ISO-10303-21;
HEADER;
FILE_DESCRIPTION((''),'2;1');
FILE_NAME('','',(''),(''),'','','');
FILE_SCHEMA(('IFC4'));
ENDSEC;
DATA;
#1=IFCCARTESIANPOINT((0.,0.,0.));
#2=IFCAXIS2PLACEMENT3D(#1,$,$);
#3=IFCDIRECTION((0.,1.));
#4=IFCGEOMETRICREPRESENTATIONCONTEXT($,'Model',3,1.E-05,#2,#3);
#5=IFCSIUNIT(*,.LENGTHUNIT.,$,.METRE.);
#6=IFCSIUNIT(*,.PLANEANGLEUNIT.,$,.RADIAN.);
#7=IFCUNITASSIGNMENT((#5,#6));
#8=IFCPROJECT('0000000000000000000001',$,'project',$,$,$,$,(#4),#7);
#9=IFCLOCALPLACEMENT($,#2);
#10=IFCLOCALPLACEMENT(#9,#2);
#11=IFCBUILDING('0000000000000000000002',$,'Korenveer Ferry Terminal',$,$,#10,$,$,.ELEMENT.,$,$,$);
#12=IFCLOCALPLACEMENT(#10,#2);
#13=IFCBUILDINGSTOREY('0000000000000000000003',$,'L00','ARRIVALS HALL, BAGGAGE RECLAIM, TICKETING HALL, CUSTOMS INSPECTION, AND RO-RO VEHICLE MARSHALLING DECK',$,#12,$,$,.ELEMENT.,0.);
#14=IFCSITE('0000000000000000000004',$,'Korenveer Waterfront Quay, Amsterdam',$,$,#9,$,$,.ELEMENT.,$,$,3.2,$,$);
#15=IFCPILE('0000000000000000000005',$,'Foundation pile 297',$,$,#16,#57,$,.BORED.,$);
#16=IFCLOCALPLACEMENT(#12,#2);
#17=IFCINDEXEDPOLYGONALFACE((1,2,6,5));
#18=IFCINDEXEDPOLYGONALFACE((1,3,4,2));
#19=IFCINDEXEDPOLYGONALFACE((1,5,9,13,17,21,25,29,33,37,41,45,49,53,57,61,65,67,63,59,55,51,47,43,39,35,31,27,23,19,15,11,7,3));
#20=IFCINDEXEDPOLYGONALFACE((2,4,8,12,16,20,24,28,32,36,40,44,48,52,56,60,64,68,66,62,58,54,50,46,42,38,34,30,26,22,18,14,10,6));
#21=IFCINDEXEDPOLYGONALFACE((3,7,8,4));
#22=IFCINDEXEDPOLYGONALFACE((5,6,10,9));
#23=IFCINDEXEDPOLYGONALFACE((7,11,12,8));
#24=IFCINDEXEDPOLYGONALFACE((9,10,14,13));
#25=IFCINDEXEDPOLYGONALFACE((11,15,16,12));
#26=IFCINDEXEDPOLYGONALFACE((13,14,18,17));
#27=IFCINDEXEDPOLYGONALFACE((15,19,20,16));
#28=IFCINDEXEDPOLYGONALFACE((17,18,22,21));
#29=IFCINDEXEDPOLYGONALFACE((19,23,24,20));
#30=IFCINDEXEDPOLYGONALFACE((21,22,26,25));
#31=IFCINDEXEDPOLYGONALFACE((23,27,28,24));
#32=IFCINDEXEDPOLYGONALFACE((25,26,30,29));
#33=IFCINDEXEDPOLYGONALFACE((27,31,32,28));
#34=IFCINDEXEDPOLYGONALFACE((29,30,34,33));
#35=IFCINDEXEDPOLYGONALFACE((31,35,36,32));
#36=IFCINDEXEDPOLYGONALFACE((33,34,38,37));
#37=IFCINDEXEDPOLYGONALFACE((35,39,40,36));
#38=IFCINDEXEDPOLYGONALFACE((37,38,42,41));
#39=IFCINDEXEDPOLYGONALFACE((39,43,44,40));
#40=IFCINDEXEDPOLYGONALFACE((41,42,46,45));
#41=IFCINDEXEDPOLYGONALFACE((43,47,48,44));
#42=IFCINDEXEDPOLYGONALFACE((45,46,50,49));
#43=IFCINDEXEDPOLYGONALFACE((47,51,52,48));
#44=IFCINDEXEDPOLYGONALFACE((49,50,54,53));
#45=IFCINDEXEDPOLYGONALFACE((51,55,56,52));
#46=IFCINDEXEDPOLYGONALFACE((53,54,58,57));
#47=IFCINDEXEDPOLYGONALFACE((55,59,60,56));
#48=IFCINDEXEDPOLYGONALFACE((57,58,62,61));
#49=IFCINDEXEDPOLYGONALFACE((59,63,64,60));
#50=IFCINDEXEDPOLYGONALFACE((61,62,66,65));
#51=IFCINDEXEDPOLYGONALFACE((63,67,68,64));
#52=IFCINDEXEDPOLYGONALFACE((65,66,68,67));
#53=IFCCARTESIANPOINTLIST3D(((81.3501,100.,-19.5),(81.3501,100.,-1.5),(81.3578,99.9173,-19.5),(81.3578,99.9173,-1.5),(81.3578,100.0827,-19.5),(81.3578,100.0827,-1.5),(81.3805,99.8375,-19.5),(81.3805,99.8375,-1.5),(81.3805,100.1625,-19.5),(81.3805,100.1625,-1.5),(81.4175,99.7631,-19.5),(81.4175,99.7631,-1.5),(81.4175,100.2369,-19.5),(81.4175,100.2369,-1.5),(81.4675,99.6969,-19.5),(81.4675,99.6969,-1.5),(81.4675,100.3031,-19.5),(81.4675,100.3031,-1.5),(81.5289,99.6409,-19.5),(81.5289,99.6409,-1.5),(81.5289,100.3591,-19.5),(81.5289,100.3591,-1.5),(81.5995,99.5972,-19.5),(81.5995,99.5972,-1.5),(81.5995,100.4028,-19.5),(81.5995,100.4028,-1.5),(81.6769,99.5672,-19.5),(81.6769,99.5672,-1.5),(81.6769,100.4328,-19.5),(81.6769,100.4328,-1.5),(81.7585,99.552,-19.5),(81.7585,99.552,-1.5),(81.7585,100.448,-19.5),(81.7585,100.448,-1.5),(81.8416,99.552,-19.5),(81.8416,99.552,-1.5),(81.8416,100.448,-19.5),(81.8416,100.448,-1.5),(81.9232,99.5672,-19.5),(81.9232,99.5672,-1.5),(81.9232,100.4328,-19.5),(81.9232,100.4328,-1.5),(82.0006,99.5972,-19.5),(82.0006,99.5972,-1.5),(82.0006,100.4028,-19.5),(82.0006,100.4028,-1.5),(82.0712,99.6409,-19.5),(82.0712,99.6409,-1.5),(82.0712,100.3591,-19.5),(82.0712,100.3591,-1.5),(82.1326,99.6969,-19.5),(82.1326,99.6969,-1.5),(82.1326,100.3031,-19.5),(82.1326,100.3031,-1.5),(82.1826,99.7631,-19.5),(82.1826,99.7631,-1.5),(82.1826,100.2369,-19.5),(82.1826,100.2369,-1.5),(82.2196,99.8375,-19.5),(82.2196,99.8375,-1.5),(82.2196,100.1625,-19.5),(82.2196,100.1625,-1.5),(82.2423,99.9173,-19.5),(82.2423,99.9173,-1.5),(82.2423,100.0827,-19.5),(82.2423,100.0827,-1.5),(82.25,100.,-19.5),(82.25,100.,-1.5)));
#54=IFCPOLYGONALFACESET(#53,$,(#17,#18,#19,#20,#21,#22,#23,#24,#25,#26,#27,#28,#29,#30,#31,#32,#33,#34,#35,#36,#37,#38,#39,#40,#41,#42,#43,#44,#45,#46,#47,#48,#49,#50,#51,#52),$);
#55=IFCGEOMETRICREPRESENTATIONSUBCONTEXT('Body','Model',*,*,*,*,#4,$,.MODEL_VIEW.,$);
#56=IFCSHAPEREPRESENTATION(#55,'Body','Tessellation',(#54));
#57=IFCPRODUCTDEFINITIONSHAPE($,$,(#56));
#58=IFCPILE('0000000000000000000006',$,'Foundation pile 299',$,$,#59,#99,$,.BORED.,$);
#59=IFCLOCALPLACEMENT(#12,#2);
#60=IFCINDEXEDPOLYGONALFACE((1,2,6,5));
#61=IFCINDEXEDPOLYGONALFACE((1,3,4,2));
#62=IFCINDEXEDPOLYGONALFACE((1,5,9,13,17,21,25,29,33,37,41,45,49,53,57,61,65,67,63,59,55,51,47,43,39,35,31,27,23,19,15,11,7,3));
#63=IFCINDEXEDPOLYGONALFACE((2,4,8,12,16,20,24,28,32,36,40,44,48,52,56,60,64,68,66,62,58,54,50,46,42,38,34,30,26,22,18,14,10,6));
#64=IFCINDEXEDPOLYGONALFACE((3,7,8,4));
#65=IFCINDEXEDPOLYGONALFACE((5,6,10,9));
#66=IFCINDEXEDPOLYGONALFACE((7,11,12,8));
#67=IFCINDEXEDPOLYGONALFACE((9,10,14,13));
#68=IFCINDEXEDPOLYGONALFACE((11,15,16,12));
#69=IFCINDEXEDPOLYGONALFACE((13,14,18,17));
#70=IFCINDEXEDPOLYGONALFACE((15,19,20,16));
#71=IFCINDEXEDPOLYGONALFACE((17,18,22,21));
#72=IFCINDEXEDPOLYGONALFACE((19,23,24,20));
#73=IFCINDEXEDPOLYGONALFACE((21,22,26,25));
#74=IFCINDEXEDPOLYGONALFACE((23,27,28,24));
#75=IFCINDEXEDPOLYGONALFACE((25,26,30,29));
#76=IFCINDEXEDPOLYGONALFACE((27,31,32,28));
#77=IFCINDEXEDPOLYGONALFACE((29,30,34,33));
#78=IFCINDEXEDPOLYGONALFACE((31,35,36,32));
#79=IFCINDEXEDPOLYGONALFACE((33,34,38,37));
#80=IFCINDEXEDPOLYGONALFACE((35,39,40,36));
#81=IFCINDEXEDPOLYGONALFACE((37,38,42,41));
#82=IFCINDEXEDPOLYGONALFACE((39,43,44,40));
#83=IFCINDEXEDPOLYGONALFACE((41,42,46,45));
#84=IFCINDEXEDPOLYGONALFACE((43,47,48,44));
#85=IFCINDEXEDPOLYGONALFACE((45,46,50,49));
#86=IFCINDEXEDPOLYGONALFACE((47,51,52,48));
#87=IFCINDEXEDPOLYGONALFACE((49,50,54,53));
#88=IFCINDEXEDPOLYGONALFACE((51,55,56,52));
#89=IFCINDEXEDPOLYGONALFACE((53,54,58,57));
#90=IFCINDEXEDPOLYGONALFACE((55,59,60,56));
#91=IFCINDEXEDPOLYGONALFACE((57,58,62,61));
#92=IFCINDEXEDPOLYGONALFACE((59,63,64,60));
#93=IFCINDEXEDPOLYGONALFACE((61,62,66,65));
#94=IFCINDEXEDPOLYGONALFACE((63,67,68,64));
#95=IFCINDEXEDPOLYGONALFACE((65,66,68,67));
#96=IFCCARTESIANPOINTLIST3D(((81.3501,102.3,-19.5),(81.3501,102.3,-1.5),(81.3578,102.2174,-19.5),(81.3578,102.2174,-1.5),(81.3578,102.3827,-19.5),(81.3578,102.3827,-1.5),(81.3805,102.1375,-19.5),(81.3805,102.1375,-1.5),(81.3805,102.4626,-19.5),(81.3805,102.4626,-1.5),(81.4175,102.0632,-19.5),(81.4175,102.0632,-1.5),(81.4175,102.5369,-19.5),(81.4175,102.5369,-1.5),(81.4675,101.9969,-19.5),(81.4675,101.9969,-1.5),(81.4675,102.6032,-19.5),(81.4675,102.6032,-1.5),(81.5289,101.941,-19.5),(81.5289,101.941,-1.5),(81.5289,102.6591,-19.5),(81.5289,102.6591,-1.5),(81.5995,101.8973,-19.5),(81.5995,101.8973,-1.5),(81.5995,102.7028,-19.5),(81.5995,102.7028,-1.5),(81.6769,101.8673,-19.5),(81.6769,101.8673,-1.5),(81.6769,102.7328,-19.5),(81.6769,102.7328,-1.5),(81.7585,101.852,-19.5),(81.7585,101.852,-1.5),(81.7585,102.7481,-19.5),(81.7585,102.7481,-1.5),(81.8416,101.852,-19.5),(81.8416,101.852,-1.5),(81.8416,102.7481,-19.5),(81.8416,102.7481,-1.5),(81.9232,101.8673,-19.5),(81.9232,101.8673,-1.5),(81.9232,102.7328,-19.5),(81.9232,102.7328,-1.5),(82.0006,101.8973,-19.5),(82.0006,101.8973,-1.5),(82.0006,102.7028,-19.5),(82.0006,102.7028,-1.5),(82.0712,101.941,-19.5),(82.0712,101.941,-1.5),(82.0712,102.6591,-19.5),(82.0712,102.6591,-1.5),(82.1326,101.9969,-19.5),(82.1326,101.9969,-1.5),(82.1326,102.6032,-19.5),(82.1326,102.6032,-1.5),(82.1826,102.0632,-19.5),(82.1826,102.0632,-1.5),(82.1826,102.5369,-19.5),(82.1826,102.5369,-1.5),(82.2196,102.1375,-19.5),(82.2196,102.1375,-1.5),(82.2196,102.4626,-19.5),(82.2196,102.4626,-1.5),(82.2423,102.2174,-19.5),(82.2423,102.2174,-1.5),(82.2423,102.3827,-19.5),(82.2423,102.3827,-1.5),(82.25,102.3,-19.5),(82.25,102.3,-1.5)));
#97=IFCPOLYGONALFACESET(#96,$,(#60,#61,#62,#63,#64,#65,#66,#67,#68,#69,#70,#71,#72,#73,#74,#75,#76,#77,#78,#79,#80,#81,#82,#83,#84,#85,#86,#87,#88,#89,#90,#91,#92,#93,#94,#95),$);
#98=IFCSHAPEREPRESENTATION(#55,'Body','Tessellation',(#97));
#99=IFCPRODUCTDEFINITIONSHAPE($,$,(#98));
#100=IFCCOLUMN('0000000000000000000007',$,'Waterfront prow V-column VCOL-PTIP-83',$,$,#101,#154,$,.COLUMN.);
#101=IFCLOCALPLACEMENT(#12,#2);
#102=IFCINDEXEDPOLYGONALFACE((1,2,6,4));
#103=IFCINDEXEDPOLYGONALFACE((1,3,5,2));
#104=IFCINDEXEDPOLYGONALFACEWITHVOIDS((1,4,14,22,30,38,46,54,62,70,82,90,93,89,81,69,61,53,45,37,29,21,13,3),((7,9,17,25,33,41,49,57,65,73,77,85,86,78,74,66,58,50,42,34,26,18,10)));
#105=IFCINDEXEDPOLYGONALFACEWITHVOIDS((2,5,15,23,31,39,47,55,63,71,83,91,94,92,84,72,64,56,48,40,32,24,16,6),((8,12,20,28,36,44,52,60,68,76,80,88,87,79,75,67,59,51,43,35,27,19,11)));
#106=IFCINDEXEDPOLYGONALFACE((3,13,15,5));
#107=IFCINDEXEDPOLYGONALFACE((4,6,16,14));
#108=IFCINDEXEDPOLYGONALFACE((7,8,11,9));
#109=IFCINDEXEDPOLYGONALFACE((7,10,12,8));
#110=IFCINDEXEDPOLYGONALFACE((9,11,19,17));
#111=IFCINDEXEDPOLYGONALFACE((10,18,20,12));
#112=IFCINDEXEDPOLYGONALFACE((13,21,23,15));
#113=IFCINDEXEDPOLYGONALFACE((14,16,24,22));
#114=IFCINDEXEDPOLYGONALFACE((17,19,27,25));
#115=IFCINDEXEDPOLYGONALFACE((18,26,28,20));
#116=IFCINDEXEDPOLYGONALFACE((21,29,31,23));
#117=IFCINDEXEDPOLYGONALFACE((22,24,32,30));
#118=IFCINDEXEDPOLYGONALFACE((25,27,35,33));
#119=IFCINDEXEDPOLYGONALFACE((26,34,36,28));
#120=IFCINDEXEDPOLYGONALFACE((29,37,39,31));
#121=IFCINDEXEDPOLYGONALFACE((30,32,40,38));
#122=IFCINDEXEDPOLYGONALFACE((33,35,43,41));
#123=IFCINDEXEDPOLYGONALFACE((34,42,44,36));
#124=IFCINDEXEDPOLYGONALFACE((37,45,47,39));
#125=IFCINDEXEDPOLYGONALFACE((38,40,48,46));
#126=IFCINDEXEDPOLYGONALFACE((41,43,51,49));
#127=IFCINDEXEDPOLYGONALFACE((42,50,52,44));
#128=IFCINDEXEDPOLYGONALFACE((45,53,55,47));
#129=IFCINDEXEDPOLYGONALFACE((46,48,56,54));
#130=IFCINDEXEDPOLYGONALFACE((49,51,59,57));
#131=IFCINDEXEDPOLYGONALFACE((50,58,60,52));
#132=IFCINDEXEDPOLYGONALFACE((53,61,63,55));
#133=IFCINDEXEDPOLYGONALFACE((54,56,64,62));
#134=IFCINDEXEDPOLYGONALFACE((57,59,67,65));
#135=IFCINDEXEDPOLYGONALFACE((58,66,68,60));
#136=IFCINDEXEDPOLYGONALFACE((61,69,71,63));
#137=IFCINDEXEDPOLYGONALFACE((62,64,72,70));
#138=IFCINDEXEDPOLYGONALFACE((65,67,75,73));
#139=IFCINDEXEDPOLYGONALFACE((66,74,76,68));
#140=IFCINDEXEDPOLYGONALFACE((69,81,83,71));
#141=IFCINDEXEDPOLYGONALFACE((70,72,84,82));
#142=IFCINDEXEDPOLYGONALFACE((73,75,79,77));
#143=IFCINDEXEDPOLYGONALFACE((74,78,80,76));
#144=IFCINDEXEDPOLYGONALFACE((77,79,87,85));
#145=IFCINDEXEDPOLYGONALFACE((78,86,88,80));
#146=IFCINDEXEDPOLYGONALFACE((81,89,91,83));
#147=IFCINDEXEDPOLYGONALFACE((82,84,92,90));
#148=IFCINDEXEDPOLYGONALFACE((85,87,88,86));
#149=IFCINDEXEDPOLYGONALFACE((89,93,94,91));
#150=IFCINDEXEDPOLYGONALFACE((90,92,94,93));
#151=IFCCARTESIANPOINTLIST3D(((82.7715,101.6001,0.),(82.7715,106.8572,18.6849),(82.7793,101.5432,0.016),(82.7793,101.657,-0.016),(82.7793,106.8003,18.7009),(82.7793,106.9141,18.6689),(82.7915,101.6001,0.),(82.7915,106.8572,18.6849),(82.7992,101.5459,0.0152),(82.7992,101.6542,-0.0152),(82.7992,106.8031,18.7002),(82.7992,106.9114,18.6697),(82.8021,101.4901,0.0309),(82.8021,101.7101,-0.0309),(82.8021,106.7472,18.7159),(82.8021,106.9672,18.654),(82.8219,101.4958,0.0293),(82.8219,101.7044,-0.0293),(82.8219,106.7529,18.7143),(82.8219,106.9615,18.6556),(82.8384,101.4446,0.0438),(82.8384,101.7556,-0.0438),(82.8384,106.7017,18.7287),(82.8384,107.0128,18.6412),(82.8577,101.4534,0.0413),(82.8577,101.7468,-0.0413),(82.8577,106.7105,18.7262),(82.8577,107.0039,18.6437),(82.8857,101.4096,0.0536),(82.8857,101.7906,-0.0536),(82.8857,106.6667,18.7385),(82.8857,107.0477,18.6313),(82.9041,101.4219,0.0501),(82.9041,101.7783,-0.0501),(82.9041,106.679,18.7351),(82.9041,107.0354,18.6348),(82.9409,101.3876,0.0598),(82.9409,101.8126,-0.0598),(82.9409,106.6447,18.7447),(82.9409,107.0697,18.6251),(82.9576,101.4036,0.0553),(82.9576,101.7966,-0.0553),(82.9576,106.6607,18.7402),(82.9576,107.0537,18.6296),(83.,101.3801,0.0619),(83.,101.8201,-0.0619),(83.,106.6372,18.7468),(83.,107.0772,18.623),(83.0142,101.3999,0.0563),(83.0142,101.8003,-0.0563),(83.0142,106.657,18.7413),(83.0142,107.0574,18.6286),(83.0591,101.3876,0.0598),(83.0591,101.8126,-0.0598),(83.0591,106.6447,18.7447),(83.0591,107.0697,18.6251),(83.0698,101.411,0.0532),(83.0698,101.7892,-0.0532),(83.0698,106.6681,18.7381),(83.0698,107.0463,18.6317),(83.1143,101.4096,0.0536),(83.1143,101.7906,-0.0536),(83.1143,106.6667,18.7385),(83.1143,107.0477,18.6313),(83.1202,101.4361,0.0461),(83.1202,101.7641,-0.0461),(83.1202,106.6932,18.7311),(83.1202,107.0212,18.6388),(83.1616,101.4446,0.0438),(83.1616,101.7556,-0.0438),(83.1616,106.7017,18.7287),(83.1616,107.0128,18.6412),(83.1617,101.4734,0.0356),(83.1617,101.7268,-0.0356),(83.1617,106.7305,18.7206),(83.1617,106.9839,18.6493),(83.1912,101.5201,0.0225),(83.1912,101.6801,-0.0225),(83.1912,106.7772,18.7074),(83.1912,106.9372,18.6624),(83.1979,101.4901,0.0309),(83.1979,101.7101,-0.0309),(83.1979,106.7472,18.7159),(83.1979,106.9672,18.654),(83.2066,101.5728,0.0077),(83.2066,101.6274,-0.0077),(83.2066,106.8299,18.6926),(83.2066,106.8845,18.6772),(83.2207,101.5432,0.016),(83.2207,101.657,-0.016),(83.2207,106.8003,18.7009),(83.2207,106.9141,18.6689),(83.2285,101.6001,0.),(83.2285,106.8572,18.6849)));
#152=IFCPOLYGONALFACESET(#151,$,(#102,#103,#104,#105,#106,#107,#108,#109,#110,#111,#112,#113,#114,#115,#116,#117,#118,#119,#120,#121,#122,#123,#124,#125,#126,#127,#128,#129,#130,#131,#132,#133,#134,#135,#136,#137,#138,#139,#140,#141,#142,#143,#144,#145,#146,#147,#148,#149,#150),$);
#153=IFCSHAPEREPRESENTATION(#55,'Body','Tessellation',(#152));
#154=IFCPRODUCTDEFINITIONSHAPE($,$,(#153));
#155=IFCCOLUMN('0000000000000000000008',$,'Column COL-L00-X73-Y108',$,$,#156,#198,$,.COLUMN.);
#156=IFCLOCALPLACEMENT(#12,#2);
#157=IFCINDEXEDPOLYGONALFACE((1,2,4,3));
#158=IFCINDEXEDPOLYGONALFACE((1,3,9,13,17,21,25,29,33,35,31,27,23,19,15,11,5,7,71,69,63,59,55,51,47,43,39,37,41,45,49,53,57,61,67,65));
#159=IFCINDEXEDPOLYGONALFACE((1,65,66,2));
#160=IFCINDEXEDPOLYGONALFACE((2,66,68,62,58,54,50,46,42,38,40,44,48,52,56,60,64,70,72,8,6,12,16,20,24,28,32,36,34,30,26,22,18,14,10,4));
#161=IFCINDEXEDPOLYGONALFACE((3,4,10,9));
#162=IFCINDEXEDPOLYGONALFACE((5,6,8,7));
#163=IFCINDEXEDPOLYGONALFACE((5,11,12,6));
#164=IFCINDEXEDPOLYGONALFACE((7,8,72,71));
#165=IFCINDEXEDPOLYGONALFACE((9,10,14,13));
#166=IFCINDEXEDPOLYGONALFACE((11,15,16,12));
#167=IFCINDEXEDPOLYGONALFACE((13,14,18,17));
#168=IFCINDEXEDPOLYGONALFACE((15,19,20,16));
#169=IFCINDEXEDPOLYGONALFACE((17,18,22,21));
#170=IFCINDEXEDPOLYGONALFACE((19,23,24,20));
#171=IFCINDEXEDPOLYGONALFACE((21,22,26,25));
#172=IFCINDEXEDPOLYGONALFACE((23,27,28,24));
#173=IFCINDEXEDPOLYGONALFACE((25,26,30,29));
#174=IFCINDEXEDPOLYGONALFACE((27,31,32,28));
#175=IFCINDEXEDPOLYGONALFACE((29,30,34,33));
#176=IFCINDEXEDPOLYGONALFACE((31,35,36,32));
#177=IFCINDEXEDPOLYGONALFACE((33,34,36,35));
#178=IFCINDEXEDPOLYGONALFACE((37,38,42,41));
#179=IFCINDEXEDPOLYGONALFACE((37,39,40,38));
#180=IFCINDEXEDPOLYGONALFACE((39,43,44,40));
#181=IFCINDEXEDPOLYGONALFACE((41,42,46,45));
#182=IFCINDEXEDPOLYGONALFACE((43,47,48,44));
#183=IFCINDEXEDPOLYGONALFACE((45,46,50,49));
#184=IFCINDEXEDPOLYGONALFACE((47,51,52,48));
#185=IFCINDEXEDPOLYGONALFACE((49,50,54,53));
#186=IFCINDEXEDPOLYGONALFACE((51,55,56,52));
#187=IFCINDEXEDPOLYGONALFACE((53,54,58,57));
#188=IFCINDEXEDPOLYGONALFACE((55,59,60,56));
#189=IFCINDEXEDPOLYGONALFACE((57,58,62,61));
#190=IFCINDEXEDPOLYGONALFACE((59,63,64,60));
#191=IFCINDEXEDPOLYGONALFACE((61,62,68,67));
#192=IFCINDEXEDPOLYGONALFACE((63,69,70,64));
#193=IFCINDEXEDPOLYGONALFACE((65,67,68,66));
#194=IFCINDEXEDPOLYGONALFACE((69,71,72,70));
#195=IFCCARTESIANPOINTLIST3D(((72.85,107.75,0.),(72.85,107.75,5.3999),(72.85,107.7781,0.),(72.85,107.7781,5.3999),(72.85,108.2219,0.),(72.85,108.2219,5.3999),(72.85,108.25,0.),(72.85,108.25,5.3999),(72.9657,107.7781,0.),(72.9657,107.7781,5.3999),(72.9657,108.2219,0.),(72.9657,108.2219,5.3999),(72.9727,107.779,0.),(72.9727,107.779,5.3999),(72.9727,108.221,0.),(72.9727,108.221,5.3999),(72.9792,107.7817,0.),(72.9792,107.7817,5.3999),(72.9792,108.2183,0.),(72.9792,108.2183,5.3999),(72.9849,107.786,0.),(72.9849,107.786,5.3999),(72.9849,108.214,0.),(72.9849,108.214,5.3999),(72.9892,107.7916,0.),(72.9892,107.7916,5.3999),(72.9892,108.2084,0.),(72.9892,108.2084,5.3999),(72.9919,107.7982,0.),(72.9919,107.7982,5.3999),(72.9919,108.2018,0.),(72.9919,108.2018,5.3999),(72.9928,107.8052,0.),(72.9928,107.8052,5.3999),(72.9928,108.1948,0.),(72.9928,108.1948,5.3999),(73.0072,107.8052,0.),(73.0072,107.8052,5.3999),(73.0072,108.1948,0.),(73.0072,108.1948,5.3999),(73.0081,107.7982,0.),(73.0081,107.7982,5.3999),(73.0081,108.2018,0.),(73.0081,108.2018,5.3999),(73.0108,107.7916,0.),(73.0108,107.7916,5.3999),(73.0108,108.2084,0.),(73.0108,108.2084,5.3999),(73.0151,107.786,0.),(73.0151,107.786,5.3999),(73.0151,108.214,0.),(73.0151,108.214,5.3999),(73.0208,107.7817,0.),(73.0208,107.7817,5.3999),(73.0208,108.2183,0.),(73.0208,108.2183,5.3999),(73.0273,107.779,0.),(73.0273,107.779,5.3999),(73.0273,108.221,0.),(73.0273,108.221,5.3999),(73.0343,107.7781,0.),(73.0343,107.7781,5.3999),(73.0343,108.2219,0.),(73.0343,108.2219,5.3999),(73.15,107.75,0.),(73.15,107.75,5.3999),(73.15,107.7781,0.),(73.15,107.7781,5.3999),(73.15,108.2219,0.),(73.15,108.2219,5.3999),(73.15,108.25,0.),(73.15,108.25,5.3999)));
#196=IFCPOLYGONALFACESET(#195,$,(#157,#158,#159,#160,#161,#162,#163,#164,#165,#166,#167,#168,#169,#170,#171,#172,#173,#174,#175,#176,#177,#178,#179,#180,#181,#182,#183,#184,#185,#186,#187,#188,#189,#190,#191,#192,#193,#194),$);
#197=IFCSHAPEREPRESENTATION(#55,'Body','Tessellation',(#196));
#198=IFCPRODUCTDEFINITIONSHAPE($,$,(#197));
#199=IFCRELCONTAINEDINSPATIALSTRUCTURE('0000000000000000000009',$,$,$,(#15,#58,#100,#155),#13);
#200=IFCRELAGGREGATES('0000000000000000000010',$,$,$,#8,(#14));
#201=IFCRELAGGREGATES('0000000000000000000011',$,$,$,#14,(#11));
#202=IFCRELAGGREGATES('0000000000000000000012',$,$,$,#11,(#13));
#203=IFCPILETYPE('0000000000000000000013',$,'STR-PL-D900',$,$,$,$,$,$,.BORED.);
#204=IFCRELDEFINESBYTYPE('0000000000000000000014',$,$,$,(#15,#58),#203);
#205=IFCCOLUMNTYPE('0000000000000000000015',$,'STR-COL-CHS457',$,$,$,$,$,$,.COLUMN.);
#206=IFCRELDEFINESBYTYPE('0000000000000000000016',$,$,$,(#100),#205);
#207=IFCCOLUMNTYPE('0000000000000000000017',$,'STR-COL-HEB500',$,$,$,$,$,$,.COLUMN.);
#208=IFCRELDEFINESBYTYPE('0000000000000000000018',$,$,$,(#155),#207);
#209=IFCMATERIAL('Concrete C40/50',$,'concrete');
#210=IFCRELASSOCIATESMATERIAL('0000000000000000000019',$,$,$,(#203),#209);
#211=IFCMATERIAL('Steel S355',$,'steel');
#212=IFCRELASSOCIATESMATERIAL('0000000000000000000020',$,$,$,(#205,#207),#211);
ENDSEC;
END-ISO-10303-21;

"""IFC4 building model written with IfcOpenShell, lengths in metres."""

from ifc_helpers import new_model, si_unit, direction, frame, origin, origin_2d, place, context, subcontext, project, spatial, circle, hollow_circle, i_section, extrude, material, material_profile, profile_set, type_object, element, save


model = new_model("IFC4")

# Units and contexts
model_context = context("Model", 3, precision=1e-05, world=origin(), true_north=direction((0.0, 1.0)))
body_context = subcontext(model_context, "Body", "Model", "MODEL_VIEW")
ifc_project = project(units=[si_unit("LENGTHUNIT", "METRE"), si_unit("PLANEANGLEUNIT", "RADIAN")], contexts=[model_context])

# Site, building, storey
site_placement = place(None, origin())
site = spatial("IfcSite", under=ifc_project, at=site_placement, Name="Korenveer Waterfront Quay, Amsterdam", CompositionType="ELEMENT", RefElevation=3.2)
building_placement = place(site_placement, origin())
building = spatial("IfcBuilding", under=site, at=building_placement, Name="Korenveer Ferry Terminal", CompositionType="ELEMENT")
storey_placement = place(building_placement, origin())
storey = spatial("IfcBuildingStorey", under=building, at=storey_placement, Name="L00", Description="ARRIVALS HALL, BAGGAGE RECLAIM, TICKETING HALL, CUSTOMS INSPECTION, AND RO-RO VEHICLE MARSHALLING DECK", CompositionType="ELEMENT", Elevation=0.0)

# Shared definitions
ifc_material_1 = material(Name="Concrete C40/50", Category="concrete")

# Piles
ifc_material_profile_1 = material_profile(ifc_material_1, circle(Radius=0.45, at=origin_2d()), Name="PILE D900")
ifc_profile_set_1 = profile_set([ifc_material_profile_1], Name="Concrete C40/50")
pile_type_1 = type_object("IfcPileType", Name="STR-PL-D900", PredefinedType="BORED", material=ifc_profile_set_1)
for number, where, z_axis, x_axis, name in (
    (1, (81.8, 100.0, -1.5), (0.0, 0.0, -1.0), (1.0, 0.0, 0.0), "Foundation pile 297"),
    (2, (81.8, 102.3, -1.5), (0.0, 0.0, -1.0), (1.0, 0.0, 0.0), "Foundation pile 299"),
):
    element("IfcPile", number, at=place(storey_placement, frame(where, z_axis=z_axis, x_axis=x_axis)), inside=storey, type_object=pile_type_1, Name=name, PredefinedType="BORED", context=body_context, shape_type="SweptSolid", body=[
        extrude(circle(Radius=0.45, at=origin_2d()), origin(), (0.0, 0.0, 1.0), 18.0),
    ])

# Columns
ifc_material_2 = material(Name="Steel S355", Category="steel")
ifc_material_profile_2 = material_profile(ifc_material_2, hollow_circle(Radius=0.2285, WallThickness=0.02, at=origin_2d()), Name="CHS 457x20")
ifc_profile_set_2 = profile_set([ifc_material_profile_2], Name="Steel S355")
column_type_1 = type_object("IfcColumnType", Name="STR-COL-CHS457", PredefinedType="COLUMN", material=ifc_profile_set_2)
column_placement = place(storey_placement, frame((83.0, 101.6001, 0.0), z_axis=(0.0, 0.27084, 0.962624), x_axis=(-1.0, 0.0, 0.0)))
element("IfcColumn", 3, at=column_placement, inside=storey, type_object=column_type_1, Name="Waterfront prow V-column VCOL-PTIP-83", PredefinedType="COLUMN", context=body_context, shape_type="SweptSolid", body=[
    extrude(hollow_circle(Radius=0.2285, WallThickness=0.02, at=origin_2d()), origin(), (0.0, 0.0, 1.0), 19.4104),
])
ifc_material_profile_3 = material_profile(ifc_material_2, i_section(OverallWidth=0.3, OverallDepth=0.5, WebThickness=0.0144, FlangeThickness=0.0281, FilletRadius=0.0271, at=origin_2d()), Name="HEB 500")
ifc_profile_set_3 = profile_set([ifc_material_profile_3], Name="Steel S355")
column_type_2 = type_object("IfcColumnType", Name="STR-COL-HEB500", PredefinedType="COLUMN", material=ifc_profile_set_3)
for number, where, z_axis, x_axis, name in (
    (4, (73.0, 108.0, 0.0), (0.0, 0.0, 1.0), (1.0, 0.0, 0.0), "Column COL-L00-X73-Y108"),
):
    element("IfcColumn", number, at=place(storey_placement, frame(where, z_axis=z_axis, x_axis=x_axis)), inside=storey, type_object=column_type_2, Name=name, PredefinedType="COLUMN", context=body_context, shape_type="SweptSolid", body=[
        extrude(i_section(OverallWidth=0.3, OverallDepth=0.5, WebThickness=0.0144, FlangeThickness=0.0281, FilletRadius=0.0271, at=origin_2d()), origin(), (0.0, 0.0, 1.0), 5.3999),
    ])

save(model, "model.ifc")
